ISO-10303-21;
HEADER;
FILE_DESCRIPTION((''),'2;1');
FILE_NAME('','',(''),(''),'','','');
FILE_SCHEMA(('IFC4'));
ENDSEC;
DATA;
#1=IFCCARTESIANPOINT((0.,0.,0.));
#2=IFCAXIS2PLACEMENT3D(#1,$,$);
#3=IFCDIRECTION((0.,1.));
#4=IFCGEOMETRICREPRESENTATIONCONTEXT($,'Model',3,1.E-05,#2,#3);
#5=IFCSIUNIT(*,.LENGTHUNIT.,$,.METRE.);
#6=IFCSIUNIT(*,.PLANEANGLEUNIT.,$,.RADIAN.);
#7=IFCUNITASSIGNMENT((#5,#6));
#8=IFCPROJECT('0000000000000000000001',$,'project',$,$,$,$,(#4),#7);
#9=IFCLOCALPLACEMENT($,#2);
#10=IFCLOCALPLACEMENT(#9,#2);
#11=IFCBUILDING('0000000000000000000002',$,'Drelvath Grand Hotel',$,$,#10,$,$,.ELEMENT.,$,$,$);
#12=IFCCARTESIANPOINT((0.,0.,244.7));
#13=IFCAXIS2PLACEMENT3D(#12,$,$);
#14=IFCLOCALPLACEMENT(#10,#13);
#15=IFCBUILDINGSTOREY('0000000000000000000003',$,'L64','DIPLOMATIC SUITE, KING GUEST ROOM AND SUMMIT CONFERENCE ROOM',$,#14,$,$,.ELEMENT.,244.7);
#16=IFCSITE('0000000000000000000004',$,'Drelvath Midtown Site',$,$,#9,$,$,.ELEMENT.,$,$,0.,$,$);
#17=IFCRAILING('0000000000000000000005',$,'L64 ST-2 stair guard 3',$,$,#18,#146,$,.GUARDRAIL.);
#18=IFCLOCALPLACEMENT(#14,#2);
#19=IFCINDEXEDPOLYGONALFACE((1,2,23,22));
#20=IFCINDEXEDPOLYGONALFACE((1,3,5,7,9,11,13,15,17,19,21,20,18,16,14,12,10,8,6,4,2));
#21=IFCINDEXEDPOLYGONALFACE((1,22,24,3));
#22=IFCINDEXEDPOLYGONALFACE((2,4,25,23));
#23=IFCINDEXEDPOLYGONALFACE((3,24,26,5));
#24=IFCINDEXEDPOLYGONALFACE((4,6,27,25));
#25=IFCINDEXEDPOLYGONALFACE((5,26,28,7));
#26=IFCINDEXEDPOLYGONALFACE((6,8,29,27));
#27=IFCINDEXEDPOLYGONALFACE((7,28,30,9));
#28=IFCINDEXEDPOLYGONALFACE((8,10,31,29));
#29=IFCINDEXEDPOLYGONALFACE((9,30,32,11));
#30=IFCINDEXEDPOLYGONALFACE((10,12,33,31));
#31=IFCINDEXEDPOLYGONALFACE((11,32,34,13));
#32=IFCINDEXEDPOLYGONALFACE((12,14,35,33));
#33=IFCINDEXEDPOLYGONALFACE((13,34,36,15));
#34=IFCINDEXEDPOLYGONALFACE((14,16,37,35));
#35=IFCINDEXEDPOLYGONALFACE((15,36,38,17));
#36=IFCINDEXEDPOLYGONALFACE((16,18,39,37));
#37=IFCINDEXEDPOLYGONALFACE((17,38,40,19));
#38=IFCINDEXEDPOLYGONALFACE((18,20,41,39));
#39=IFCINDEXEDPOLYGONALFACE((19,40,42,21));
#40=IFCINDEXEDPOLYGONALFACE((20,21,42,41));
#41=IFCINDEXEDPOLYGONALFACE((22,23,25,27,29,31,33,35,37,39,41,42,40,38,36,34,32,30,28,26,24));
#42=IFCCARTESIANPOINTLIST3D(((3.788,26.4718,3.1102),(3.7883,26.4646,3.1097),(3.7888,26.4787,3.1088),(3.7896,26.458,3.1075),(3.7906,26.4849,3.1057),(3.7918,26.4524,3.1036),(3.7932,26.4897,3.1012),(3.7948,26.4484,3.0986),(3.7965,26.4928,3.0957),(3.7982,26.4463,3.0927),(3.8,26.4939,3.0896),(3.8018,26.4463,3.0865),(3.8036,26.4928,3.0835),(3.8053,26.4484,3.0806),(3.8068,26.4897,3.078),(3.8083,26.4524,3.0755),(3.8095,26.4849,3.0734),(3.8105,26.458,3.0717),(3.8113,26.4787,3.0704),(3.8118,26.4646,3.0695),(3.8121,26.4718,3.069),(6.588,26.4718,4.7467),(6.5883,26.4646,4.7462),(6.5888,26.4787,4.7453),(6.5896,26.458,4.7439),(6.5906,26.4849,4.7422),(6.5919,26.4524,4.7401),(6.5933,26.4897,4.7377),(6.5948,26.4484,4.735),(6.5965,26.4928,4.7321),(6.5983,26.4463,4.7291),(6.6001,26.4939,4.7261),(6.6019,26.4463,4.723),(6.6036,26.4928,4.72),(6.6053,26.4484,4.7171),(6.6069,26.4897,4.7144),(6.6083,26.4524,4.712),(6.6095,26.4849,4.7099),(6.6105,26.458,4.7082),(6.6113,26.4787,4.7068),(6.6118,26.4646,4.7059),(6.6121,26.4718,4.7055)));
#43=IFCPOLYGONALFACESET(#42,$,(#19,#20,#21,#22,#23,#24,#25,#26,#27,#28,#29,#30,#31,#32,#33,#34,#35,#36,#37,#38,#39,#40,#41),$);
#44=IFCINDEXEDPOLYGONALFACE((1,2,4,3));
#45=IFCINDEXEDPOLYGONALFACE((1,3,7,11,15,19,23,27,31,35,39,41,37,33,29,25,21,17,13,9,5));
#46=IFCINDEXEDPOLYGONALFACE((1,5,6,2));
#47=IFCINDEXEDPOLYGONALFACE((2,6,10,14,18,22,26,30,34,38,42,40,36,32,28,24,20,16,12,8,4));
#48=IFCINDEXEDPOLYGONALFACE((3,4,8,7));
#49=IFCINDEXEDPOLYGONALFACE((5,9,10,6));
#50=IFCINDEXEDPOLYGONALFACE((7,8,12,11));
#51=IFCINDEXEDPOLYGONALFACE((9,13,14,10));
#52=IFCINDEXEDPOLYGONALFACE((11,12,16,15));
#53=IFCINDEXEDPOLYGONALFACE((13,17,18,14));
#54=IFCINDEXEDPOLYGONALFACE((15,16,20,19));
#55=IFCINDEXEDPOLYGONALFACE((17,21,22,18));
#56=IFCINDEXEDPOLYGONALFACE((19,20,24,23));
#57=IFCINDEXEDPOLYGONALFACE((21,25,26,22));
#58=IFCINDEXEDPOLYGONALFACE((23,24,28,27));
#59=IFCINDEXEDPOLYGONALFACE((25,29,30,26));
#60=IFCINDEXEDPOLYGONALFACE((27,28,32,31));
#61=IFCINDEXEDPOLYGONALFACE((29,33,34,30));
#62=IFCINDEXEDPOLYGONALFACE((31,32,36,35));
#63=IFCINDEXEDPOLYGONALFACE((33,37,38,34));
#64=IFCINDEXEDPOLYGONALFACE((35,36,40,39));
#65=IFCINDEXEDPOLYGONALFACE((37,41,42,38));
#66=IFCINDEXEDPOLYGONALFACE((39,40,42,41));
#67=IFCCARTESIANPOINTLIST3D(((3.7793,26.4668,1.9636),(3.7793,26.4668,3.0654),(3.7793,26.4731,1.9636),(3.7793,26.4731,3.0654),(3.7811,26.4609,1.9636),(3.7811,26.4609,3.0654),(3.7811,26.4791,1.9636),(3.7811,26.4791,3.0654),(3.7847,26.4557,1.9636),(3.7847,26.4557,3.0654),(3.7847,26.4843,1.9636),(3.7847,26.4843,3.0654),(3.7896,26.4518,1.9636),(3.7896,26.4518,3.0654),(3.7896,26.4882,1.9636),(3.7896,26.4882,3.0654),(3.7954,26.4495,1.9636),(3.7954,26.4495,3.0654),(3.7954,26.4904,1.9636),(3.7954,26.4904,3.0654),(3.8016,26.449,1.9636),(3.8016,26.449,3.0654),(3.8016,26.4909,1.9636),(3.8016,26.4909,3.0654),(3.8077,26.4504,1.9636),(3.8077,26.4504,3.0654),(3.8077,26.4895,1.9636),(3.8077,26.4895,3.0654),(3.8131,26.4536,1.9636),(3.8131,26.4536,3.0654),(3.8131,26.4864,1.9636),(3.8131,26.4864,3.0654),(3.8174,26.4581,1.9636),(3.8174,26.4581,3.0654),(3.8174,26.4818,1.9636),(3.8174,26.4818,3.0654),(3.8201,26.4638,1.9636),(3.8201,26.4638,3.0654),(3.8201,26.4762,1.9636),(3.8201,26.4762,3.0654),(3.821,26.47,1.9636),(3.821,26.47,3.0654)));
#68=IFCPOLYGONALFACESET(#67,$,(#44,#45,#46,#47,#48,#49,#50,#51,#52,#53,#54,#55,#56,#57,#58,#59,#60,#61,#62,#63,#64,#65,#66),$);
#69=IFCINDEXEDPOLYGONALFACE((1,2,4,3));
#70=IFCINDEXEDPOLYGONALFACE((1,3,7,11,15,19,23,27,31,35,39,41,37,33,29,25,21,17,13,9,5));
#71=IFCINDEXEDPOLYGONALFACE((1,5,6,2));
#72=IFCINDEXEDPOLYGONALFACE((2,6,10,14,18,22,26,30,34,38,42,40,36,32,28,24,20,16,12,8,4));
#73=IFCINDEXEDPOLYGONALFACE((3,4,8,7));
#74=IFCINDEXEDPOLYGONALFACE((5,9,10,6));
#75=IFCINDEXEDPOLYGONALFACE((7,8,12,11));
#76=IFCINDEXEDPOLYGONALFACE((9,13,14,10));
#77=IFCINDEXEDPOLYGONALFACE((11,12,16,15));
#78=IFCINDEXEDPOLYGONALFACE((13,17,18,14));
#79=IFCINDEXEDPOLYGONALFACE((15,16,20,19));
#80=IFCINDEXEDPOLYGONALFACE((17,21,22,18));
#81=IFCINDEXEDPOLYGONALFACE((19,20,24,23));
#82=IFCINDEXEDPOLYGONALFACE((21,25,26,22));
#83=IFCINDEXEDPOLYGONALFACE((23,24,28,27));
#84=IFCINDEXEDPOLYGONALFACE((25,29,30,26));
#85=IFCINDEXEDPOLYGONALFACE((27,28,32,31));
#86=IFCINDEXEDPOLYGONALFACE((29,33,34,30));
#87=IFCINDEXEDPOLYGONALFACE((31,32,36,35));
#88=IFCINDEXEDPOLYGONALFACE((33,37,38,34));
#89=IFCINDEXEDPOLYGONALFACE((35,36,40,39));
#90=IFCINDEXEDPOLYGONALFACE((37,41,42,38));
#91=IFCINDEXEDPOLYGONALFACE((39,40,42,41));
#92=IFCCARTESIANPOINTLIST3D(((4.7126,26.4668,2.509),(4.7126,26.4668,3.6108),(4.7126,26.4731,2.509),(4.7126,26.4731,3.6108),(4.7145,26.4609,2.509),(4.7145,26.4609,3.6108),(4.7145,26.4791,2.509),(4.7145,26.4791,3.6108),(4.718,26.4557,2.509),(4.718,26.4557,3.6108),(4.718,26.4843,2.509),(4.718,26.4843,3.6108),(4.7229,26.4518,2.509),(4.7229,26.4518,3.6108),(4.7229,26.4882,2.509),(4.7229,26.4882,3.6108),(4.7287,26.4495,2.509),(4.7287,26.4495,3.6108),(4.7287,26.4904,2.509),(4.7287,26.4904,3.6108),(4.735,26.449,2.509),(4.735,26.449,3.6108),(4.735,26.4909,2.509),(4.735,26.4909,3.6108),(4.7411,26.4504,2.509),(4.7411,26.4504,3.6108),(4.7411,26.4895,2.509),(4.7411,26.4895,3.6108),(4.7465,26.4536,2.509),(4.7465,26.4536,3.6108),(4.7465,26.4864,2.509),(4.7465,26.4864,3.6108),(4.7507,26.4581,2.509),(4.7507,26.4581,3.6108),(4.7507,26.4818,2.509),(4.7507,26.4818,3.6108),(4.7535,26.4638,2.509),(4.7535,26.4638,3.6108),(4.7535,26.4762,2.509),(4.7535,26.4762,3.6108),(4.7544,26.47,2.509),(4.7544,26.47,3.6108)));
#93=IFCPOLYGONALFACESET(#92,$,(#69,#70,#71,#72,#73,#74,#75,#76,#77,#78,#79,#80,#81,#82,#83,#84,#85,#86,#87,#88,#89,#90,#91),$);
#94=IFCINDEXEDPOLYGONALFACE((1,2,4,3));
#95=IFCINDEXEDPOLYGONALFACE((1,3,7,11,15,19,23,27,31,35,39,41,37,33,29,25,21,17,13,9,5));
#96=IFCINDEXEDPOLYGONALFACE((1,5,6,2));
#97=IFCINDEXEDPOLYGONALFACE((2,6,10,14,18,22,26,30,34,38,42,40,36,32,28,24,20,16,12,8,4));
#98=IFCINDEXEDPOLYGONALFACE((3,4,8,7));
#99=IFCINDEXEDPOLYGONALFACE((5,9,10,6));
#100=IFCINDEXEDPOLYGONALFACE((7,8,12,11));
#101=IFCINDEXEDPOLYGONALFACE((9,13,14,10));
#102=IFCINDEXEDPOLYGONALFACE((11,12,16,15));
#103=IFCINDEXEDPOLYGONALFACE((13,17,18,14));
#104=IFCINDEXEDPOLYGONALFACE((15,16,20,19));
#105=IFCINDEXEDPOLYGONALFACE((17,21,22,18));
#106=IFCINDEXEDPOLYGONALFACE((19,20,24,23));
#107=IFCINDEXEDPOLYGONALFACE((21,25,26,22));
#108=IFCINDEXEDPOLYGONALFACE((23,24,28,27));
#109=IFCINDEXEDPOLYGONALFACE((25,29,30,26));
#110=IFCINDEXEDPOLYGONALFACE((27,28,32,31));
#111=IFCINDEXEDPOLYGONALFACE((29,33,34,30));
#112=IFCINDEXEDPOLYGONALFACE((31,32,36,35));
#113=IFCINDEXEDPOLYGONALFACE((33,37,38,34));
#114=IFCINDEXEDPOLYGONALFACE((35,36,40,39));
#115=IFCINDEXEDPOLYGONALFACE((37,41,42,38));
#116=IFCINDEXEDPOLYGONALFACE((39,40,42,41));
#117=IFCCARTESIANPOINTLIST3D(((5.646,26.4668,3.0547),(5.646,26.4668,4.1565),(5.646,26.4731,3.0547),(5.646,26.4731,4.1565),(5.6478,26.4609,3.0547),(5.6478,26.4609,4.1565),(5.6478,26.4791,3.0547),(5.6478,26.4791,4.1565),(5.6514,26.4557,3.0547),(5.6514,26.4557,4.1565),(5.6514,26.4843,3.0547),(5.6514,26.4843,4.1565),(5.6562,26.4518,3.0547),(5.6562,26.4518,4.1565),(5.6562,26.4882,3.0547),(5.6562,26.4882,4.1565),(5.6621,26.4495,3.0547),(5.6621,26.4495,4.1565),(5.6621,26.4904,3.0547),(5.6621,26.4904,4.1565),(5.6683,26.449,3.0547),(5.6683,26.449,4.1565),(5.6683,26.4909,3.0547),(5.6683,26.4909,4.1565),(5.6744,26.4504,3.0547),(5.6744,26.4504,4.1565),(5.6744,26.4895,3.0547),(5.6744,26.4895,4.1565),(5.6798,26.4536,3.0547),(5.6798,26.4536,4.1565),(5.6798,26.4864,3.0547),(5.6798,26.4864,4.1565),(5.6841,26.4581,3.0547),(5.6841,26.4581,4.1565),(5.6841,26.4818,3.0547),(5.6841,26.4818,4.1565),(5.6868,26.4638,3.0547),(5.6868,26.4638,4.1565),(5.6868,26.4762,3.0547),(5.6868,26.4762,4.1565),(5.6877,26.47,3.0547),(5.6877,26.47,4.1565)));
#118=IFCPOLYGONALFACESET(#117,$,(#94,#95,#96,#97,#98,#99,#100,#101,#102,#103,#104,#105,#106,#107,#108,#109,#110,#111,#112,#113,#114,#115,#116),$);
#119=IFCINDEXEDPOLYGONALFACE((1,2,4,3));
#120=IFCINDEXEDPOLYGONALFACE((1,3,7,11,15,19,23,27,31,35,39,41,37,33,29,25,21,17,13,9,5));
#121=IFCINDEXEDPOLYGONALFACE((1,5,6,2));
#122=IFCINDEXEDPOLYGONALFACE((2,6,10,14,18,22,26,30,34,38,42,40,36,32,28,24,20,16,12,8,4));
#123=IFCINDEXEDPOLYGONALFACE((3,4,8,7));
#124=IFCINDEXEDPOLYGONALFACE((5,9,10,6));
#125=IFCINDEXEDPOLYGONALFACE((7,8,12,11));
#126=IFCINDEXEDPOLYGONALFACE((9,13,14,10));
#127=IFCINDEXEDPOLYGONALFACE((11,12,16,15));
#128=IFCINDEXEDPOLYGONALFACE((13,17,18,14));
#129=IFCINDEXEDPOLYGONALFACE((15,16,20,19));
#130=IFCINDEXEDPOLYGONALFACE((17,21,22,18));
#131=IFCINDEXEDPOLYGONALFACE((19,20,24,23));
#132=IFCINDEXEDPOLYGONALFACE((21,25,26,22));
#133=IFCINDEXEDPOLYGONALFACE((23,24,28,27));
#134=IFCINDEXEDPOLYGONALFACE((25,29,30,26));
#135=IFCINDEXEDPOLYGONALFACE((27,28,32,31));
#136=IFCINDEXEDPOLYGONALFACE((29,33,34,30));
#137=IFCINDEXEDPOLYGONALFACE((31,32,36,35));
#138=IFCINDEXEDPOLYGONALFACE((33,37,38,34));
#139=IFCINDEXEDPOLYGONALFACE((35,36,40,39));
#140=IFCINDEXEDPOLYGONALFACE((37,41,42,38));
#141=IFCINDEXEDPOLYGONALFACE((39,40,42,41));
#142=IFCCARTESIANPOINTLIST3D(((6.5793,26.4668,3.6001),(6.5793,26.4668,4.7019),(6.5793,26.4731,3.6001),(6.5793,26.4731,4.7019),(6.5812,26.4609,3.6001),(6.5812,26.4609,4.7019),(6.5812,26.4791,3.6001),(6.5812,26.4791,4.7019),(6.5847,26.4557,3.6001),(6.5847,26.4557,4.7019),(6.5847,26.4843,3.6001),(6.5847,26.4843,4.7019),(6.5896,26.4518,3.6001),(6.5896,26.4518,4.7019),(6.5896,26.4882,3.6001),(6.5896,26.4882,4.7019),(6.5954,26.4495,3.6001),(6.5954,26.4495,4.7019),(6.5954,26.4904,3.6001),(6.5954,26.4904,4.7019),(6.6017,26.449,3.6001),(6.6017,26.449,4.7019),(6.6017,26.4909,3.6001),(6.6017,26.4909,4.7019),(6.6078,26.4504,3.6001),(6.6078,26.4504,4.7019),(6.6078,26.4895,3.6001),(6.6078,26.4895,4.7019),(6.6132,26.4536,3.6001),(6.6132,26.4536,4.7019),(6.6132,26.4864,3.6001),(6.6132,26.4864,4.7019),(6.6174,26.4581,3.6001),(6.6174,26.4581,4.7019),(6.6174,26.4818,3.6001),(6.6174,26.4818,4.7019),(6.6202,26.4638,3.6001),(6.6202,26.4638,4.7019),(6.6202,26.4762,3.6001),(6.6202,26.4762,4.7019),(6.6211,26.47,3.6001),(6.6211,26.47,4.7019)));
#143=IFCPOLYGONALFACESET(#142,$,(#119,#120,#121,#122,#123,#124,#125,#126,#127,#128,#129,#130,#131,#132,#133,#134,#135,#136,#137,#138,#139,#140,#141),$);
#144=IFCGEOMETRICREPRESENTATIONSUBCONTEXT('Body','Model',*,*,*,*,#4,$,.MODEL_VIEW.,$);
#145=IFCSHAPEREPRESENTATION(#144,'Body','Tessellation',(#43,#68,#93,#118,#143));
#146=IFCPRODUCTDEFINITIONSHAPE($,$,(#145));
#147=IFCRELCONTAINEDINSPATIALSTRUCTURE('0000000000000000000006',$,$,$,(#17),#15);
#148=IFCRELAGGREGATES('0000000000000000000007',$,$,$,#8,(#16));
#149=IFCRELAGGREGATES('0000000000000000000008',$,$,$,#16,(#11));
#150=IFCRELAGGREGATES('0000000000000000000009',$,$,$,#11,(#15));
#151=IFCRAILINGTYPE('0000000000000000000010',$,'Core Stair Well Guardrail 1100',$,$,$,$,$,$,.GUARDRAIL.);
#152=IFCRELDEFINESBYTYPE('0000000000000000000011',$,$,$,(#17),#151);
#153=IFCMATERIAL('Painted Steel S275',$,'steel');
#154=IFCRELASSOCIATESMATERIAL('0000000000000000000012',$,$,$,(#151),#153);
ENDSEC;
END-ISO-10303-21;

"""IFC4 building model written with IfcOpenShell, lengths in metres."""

from ifc_helpers import new_model, si_unit, direction, frame, origin, origin_2d, place, context, subcontext, project, spatial, circle, extrude, material, type_object, element, save


model = new_model("IFC4")

# Units and contexts
model_context = context("Model", 3, precision=1e-05, world=origin(), true_north=direction((0.0, 1.0)))
body_context = subcontext(model_context, "Body", "Model", "MODEL_VIEW")
ifc_project = project(units=[si_unit("LENGTHUNIT", "METRE"), si_unit("PLANEANGLEUNIT", "RADIAN")], contexts=[model_context])

# Site, building, storey
site_placement = place(None, origin())
site = spatial("IfcSite", under=ifc_project, at=site_placement, Name="Drelvath Midtown Site", CompositionType="ELEMENT", RefElevation=0.0)
building_placement = place(site_placement, origin())
building = spatial("IfcBuilding", under=site, at=building_placement, Name="Drelvath Grand Hotel", CompositionType="ELEMENT")
storey_placement = place(building_placement, frame((0.0, 0.0, 244.7)))
storey = spatial("IfcBuildingStorey", under=building, at=storey_placement, Name="L64", Description="DIPLOMATIC SUITE, KING GUEST ROOM AND SUMMIT CONFERENCE ROOM", CompositionType="ELEMENT", Elevation=244.7)

# Railing
ifc_material_1 = material(Name="Painted Steel S275", Category="steel")
railing_type_1 = type_object("IfcRailingType", Name="Core Stair Well Guardrail 1100", PredefinedType="GUARDRAIL", material=ifc_material_1)
railing_1_placement = place(storey_placement, frame((3.8, 26.47, 1.9636)))
element("IfcRailing", 1, at=railing_1_placement, inside=storey, type_object=railing_type_1, Name="L64 ST-2 stair guard 3", PredefinedType="GUARDRAIL", context=body_context, shape_type="SweptSolid", body=[
    extrude(circle(Radius=0.0239, at=origin_2d()), frame((0.0, 0.0, 1.126), z_axis=(0.863361, 0.0, 0.504587), x_axis=(0.0, 1.0, 0.0)), (0.0, 0.0, 1.0), 3.2432),
    extrude(circle(Radius=0.021, at=origin_2d()), origin(), (0.0, 0.0, 1.0), 1.1018),
    extrude(circle(Radius=0.021, at=origin_2d()), frame((0.9333, 0.0, 0.5454)), (0.0, 0.0, 1.0), 1.1018),
    extrude(circle(Radius=0.021, at=origin_2d()), frame((1.8667, 0.0, 1.0911)), (0.0, 0.0, 1.0), 1.1018),
    extrude(circle(Radius=0.021, at=origin_2d()), frame((2.8, 0.0, 1.6365)), (0.0, 0.0, 1.0), 1.1018),
])

save(model, "model.ifc")
